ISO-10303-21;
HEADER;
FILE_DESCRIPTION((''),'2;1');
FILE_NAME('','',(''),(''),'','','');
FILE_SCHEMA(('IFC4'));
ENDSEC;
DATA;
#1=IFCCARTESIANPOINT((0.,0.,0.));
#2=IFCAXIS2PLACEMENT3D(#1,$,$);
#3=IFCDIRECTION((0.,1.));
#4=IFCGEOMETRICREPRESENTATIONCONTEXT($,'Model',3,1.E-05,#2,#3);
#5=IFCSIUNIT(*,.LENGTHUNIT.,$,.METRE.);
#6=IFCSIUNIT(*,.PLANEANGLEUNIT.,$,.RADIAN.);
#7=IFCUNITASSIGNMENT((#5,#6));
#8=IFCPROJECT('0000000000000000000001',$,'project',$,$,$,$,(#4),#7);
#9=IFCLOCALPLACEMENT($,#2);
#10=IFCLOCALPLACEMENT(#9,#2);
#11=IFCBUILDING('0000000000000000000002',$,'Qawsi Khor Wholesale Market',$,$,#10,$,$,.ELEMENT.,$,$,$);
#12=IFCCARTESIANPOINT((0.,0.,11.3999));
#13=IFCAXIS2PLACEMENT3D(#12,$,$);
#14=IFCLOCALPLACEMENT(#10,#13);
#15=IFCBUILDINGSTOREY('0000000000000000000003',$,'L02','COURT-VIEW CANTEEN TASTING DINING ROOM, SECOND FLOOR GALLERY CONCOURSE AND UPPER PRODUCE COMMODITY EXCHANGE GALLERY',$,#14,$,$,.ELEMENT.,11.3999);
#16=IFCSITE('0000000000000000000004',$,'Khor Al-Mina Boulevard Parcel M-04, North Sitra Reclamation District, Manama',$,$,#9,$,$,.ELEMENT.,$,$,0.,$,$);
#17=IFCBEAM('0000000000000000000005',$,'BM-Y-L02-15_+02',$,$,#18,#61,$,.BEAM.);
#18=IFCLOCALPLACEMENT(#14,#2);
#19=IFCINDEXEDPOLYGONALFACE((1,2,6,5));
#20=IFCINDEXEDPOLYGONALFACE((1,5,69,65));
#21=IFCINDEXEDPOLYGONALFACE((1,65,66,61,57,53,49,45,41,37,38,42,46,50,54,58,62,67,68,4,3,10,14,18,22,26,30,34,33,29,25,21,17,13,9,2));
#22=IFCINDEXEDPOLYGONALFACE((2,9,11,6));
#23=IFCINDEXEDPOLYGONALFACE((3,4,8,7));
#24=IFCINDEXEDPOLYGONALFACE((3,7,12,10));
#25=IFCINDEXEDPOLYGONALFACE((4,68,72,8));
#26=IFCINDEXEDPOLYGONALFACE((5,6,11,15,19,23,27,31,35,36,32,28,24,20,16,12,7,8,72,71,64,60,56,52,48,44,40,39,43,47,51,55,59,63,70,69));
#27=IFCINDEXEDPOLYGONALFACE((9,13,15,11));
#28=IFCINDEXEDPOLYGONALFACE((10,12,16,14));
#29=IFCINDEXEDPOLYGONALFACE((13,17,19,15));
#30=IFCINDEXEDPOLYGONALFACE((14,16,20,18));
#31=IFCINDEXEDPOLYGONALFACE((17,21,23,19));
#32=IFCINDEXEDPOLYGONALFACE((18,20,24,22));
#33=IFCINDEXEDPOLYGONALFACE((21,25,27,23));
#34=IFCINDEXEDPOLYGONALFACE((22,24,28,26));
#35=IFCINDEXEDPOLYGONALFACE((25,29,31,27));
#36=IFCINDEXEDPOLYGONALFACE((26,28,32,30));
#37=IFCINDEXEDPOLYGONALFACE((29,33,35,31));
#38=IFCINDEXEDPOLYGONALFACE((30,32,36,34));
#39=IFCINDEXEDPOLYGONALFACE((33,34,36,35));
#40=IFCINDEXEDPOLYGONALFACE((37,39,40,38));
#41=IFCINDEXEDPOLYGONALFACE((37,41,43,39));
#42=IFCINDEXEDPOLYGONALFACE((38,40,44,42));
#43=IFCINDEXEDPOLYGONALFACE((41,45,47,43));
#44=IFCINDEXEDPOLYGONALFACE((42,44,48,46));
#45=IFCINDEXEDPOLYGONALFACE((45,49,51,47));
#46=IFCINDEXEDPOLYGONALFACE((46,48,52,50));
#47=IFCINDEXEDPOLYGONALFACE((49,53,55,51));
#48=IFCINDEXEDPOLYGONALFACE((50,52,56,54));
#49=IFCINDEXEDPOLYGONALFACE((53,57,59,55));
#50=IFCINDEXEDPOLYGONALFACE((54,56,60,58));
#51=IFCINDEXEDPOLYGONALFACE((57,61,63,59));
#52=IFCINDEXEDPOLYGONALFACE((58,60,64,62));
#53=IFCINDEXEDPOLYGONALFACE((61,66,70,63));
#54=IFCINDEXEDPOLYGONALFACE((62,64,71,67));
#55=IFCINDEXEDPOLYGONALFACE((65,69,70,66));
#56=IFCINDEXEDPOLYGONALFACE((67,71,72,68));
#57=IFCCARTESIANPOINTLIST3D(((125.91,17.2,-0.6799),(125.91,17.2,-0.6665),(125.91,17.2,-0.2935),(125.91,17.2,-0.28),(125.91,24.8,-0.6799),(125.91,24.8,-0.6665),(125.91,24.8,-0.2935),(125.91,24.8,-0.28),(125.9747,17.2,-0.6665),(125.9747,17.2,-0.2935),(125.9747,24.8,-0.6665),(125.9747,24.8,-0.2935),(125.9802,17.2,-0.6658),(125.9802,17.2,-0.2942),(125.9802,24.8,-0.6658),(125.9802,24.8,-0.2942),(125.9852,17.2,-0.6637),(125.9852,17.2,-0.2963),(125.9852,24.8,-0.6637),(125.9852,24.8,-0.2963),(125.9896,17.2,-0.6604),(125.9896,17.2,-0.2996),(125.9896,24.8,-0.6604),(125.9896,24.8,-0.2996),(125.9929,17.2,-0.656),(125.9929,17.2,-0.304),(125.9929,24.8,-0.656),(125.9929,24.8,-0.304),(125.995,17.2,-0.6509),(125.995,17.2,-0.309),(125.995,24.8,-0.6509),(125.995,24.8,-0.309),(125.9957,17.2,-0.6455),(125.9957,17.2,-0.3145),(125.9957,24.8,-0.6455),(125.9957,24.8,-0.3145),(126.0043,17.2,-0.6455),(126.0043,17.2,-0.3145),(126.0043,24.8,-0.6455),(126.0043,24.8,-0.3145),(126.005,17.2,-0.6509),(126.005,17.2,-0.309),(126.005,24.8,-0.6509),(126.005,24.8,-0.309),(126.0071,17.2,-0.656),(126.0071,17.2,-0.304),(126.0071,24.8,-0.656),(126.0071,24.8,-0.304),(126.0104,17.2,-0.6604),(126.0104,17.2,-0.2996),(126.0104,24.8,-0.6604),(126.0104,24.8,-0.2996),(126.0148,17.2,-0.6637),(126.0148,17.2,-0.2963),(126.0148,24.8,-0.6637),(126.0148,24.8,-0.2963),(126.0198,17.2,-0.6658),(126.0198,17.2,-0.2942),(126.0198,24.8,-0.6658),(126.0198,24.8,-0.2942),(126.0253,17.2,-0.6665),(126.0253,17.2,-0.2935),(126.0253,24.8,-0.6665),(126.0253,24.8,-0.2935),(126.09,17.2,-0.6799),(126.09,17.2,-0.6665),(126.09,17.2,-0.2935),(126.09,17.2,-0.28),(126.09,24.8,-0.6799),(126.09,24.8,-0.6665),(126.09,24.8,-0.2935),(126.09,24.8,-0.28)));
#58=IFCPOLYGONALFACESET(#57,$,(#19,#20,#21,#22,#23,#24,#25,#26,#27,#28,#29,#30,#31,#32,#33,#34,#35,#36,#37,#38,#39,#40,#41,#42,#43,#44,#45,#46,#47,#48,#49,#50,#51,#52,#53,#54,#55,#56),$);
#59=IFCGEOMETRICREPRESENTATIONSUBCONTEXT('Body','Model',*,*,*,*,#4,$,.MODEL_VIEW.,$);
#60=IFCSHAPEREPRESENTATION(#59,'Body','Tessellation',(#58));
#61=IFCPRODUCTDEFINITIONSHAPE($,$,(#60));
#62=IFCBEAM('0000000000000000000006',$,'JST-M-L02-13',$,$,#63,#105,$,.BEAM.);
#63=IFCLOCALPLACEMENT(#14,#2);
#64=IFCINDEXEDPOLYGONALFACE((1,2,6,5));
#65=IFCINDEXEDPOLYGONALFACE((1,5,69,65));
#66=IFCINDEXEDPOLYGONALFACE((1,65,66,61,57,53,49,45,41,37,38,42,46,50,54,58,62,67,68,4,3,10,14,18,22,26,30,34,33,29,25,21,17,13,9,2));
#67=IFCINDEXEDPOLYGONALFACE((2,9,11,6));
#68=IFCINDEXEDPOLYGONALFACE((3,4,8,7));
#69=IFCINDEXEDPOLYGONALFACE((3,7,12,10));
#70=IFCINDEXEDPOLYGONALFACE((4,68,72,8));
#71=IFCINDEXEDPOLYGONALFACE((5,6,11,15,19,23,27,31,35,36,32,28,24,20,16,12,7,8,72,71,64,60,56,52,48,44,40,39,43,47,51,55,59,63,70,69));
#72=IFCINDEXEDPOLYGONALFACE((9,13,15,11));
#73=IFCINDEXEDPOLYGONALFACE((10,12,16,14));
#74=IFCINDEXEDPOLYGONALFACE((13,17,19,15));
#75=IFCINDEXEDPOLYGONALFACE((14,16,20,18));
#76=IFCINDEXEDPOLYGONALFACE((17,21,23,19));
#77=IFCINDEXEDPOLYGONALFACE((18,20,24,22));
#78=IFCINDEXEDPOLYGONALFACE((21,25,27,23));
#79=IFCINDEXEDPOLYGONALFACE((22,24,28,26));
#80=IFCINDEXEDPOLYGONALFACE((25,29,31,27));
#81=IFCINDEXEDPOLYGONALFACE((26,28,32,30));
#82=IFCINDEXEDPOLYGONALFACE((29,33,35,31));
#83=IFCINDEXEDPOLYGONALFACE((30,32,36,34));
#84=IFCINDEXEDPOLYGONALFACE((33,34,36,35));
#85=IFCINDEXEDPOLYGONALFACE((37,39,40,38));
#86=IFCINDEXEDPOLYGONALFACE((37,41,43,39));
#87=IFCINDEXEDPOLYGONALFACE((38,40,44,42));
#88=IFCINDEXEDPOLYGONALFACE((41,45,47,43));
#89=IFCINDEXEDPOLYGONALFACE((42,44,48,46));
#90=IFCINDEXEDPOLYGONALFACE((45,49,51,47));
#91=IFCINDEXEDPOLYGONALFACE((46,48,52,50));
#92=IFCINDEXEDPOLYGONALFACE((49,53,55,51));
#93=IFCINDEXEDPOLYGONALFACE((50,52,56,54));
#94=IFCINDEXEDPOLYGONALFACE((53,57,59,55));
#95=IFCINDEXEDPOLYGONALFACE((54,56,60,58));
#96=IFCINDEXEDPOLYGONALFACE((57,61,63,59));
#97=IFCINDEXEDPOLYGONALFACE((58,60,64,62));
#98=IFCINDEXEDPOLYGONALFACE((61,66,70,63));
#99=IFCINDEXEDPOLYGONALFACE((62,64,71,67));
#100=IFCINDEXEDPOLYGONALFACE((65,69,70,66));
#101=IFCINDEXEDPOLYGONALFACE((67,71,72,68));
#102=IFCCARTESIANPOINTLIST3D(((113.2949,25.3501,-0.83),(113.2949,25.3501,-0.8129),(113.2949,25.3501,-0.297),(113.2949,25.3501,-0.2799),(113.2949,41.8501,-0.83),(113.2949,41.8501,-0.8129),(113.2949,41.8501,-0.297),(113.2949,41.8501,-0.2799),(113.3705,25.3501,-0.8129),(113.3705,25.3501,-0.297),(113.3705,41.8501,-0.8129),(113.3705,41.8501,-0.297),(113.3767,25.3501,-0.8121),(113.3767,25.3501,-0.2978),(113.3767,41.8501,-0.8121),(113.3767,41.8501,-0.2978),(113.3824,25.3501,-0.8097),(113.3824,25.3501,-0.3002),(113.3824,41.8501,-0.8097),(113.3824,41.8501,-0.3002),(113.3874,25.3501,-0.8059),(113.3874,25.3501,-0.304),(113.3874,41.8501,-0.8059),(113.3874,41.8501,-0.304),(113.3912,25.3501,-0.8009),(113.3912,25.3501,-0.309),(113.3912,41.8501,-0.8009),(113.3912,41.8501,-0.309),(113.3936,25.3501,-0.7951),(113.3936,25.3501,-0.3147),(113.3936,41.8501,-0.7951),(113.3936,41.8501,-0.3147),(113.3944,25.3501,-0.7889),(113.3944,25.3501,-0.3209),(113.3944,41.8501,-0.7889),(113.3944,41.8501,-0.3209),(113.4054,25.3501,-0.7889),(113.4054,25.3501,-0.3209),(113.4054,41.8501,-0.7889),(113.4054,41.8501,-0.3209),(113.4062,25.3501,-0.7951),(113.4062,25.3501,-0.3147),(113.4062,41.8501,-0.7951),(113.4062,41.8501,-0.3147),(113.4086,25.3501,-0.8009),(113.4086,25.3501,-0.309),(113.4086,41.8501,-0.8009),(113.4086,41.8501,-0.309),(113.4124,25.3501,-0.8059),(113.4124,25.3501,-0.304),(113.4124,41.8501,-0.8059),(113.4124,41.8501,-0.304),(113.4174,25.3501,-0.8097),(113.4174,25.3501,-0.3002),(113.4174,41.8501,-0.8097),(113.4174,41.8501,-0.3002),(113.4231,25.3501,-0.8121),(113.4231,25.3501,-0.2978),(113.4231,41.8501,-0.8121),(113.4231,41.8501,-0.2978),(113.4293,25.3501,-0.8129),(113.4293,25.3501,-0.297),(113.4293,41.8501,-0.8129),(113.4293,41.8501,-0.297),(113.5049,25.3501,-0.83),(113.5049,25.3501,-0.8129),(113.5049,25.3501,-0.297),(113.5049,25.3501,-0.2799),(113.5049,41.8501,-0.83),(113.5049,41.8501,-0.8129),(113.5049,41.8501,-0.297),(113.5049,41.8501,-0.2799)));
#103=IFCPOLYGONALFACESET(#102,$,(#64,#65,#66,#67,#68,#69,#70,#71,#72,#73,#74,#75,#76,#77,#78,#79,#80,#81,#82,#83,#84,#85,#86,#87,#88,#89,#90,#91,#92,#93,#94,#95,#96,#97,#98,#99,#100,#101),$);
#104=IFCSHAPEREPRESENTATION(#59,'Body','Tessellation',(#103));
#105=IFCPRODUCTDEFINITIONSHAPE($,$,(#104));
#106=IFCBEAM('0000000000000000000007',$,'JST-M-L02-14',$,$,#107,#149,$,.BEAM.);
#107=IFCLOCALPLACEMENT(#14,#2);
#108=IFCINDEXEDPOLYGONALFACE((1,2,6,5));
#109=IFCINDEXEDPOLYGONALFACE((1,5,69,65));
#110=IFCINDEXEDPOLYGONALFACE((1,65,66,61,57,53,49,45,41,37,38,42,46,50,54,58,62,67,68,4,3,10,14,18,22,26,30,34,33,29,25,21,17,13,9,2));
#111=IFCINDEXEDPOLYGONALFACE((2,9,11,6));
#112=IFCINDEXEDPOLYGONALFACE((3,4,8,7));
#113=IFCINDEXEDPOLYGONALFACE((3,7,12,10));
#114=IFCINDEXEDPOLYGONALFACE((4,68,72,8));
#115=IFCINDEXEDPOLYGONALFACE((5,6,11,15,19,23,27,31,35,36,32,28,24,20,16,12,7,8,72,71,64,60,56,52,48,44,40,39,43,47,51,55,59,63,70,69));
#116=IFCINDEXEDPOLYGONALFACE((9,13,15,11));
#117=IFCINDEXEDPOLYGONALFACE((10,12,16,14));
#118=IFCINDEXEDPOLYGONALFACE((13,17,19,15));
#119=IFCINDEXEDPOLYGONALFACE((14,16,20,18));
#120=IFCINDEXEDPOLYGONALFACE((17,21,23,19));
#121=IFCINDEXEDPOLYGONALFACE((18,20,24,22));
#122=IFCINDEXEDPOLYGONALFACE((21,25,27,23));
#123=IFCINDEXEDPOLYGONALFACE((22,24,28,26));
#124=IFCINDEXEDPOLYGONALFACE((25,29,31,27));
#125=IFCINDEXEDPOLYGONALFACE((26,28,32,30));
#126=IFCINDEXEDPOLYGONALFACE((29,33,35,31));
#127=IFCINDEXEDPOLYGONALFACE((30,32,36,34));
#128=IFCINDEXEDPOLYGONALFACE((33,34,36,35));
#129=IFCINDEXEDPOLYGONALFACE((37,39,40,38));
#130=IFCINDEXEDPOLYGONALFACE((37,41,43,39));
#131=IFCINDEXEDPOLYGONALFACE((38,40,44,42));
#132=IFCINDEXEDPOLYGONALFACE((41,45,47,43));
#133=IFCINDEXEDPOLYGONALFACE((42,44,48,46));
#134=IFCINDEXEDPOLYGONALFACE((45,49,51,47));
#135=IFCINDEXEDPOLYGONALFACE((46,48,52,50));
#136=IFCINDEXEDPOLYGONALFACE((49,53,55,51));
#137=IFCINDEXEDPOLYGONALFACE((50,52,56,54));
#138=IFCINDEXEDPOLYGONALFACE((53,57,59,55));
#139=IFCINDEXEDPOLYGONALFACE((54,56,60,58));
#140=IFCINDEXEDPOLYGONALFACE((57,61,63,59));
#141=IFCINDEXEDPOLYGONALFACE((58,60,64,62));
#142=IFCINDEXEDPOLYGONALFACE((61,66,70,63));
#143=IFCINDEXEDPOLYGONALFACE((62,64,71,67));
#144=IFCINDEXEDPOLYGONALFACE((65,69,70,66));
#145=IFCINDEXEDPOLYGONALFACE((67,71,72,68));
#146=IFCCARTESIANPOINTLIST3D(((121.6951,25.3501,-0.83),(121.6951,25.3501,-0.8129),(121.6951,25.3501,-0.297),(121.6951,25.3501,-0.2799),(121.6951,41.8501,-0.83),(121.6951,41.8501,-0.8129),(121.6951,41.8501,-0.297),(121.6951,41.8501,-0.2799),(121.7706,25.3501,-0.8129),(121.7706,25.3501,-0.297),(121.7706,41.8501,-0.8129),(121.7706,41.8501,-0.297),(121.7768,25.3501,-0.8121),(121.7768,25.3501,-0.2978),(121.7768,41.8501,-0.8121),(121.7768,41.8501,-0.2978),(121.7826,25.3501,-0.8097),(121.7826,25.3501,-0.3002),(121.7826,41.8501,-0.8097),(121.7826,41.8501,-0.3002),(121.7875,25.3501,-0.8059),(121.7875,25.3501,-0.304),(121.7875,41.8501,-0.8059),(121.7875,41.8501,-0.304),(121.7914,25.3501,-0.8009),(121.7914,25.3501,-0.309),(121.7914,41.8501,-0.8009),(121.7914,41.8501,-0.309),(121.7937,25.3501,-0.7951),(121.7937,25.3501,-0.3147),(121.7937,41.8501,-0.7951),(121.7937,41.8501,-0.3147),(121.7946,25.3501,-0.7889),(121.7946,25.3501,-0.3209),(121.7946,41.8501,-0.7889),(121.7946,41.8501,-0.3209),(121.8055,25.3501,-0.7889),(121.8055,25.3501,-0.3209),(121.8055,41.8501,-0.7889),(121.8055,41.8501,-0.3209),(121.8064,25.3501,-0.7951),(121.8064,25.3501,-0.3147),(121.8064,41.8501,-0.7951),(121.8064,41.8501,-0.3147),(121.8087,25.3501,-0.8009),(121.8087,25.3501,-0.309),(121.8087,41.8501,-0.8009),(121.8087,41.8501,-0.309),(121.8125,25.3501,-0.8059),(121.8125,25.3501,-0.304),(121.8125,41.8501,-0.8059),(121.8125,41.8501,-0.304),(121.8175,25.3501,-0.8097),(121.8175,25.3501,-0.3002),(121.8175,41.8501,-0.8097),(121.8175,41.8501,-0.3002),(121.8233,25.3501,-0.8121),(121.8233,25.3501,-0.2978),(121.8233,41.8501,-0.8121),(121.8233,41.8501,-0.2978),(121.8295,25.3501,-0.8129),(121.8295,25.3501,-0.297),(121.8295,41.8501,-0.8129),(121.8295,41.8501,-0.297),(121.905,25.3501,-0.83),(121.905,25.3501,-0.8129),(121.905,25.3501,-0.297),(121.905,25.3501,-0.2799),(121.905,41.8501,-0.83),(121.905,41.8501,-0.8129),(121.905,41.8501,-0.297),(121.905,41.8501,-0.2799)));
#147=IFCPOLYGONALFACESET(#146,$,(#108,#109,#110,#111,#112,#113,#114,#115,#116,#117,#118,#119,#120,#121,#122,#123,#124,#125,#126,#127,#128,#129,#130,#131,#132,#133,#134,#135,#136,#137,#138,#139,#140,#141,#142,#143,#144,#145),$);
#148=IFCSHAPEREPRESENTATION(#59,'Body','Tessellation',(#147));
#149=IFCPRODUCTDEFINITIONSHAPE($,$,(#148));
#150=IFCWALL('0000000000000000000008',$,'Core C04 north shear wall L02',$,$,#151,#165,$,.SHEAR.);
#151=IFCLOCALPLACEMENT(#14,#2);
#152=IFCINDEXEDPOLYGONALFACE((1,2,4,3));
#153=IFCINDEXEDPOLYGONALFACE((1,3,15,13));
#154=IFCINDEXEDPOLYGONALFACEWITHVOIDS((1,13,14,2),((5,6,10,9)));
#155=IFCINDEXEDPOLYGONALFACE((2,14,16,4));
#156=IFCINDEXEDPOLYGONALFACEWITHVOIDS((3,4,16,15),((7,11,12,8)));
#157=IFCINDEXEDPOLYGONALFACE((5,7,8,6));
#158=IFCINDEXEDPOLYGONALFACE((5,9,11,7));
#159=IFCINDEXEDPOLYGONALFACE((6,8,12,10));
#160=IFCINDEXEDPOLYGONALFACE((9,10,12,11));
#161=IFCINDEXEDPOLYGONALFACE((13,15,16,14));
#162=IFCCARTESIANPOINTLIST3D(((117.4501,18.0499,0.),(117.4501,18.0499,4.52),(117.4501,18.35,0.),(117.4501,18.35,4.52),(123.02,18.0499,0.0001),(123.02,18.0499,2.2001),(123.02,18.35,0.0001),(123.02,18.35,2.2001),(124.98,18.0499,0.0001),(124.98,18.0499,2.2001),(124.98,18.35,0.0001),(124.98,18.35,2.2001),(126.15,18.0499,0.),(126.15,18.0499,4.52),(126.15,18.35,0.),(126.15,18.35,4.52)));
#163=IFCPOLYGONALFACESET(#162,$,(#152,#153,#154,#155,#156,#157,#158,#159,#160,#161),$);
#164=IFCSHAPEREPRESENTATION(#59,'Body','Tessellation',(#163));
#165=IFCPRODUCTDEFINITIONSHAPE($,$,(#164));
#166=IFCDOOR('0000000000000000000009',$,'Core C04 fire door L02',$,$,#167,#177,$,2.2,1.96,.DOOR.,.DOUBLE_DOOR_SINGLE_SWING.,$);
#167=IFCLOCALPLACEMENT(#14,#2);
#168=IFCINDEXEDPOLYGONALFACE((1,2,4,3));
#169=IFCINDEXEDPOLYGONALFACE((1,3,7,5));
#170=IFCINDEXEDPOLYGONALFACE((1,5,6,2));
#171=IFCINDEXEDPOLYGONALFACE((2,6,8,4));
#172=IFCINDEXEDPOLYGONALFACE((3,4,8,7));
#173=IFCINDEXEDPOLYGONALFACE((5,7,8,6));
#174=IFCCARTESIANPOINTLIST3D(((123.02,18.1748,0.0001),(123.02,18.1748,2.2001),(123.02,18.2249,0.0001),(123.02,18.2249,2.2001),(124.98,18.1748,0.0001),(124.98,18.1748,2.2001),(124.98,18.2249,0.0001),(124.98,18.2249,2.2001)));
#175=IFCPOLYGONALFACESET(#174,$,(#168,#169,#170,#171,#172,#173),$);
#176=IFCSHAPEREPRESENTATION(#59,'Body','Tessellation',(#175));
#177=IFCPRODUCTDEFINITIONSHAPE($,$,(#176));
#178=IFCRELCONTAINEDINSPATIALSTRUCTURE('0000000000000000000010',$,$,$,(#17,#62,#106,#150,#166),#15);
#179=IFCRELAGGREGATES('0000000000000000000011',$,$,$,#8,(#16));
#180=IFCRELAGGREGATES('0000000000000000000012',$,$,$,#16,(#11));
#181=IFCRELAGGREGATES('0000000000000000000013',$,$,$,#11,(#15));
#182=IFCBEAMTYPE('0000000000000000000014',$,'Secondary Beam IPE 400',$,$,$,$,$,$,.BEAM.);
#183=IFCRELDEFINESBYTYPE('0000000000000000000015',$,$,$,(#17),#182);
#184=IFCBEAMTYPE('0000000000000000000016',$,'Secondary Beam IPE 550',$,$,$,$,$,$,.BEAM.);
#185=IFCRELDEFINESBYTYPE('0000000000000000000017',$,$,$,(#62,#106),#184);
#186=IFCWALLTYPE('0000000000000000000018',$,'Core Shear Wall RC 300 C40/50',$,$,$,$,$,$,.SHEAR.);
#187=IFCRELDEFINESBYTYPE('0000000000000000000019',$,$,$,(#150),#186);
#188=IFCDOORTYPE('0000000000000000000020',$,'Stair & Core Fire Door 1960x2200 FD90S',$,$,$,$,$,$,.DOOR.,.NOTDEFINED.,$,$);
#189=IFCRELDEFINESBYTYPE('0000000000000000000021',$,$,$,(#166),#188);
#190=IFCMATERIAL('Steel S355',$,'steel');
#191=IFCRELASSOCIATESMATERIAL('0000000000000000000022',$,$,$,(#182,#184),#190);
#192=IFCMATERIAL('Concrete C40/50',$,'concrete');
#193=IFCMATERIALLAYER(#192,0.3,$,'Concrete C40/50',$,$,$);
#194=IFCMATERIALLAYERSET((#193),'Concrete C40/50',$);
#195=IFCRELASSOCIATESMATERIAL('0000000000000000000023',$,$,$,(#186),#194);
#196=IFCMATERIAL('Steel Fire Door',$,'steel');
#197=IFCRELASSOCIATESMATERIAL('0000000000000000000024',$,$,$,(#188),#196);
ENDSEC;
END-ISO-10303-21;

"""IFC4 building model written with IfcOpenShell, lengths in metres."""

from ifc_helpers import new_model, si_unit, direction, frame, frame_2d, origin, origin_2d, place, context, subcontext, project, spatial, rectangle, i_section, extrude, material, layer, layer_set, material_profile, profile_set, type_object, element, fill, save


model = new_model("IFC4")

# Units and contexts
model_context = context("Model", 3, precision=1e-05, world=origin(), true_north=direction((0.0, 1.0)))
body_context = subcontext(model_context, "Body", "Model", "MODEL_VIEW")
ifc_project = project(units=[si_unit("LENGTHUNIT", "METRE"), si_unit("PLANEANGLEUNIT", "RADIAN")], contexts=[model_context])

# Site, building, storey
site_placement = place(None, origin())
site = spatial("IfcSite", under=ifc_project, at=site_placement, Name="Khor Al-Mina Boulevard Parcel M-04, North Sitra Reclamation District, Manama", CompositionType="ELEMENT", RefElevation=0.0)
building_placement = place(site_placement, origin())
building = spatial("IfcBuilding", under=site, at=building_placement, Name="Qawsi Khor Wholesale Market", CompositionType="ELEMENT")
storey_placement = place(building_placement, frame((0.0, 0.0, 11.3999)))
storey = spatial("IfcBuildingStorey", under=building, at=storey_placement, Name="L02", Description="COURT-VIEW CANTEEN TASTING DINING ROOM, SECOND FLOOR GALLERY CONCOURSE AND UPPER PRODUCE COMMODITY EXCHANGE GALLERY", CompositionType="ELEMENT", Elevation=11.3999)

# Shared definitions
ifc_material_1 = material(Name="Concrete C40/50", Category="concrete")

# Beams
ifc_material_2 = material(Name="Steel S355", Category="steel")
ifc_material_profile_1 = material_profile(ifc_material_2, i_section(OverallWidth=0.1799, OverallDepth=0.3999, WebThickness=0.0085, FlangeThickness=0.0134, FilletRadius=0.021, at=origin_2d()), Name="IPE 400")
ifc_profile_set_1 = profile_set([ifc_material_profile_1], Name="Steel S355")
beam_type_1 = type_object("IfcBeamType", Name="Secondary Beam IPE 400", PredefinedType="BEAM", material=ifc_profile_set_1)
for number, where, z_axis, x_axis, name in (
    (1, (126.0, 17.2, -0.48), (0.0, 1.0, 0.0), (-1.0, 0.0, 0.0), "BM-Y-L02-15_+02"),
):
    element("IfcBeam", number, at=place(storey_placement, frame(where, z_axis=z_axis, x_axis=x_axis)), inside=storey, type_object=beam_type_1, Name=name, PredefinedType="BEAM", context=body_context, shape_type="SweptSolid", body=[
        extrude(i_section(OverallWidth=0.1799, OverallDepth=0.3999, WebThickness=0.0085, FlangeThickness=0.0134, FilletRadius=0.021, at=origin_2d()), origin(), (0.0, 0.0, 1.0), 7.6001),
    ])
ifc_material_profile_2 = material_profile(ifc_material_2, i_section(OverallWidth=0.21, OverallDepth=0.55, WebThickness=0.011, FlangeThickness=0.0171, FilletRadius=0.0239, at=origin_2d()), Name="IPE 550")
ifc_profile_set_2 = profile_set([ifc_material_profile_2], Name="Steel S355")
beam_type_2 = type_object("IfcBeamType", Name="Secondary Beam IPE 550", PredefinedType="BEAM", material=ifc_profile_set_2)
for number, where, z_axis, x_axis, name in (
    (2, (113.3999, 25.3501, -0.5549), (0.0, 1.0, 0.0), (-1.0, 0.0, 0.0), "JST-M-L02-13"),
    (3, (121.8, 25.3501, -0.5549), (0.0, 1.0, 0.0), (-1.0, 0.0, 0.0), "JST-M-L02-14"),
):
    element("IfcBeam", number, at=place(storey_placement, frame(where, z_axis=z_axis, x_axis=x_axis)), inside=storey, type_object=beam_type_2, Name=name, PredefinedType="BEAM", context=body_context, shape_type="SweptSolid", body=[
        extrude(i_section(OverallWidth=0.21, OverallDepth=0.55, WebThickness=0.011, FlangeThickness=0.0171, FilletRadius=0.0239, at=origin_2d()), origin(), (0.0, 0.0, 1.0), 16.5),
    ])

# Wall, opening, door
ifc_layer_1 = layer(ifc_material_1, 0.3, Name="Concrete C40/50")
ifc_layer_set_1 = layer_set([ifc_layer_1], Name="Concrete C40/50")
wall_type_1 = type_object("IfcWallType", Name="Core Shear Wall RC 300 C40/50", PredefinedType="SHEAR", material=ifc_layer_set_1)
wall_1_placement = place(storey_placement, frame((117.45, 18.2, 0.0), z_axis=(0.0, 0.0, 1.0), x_axis=(1.0, 0.0, 0.0)))
wall_1 = element("IfcWall", 4, at=wall_1_placement, inside=storey, type_object=wall_type_1, Name="Core C04 north shear wall L02", PredefinedType="SHEAR", context=body_context, shape_type="SweptSolid", body=[
    extrude(rectangle(XDim=8.7, YDim=0.3, at=frame_2d((4.3501, 0.0))), origin(), (0.0, 0.0, 1.0), 4.52),
])
opening_1_placement = place(wall_1_placement, frame((5.5701, 0.0, 0.0)))
opening_1 = element("IfcOpeningElement", 5, at=opening_1_placement, cuts=wall_1, PredefinedType="OPENING", context=body_context, shape_type="SweptSolid", body=[
    extrude(rectangle(XDim=1.96, YDim=2.2, at=frame_2d((0.98, 1.1001))), frame((0.0, 0.1599, 0.0), z_axis=(0.0, -1.0, 0.0), x_axis=(1.0, 0.0, 0.0)), (0.0, 0.0, 1.0), 0.3201),
])
ifc_material_3 = material(Name="Steel Fire Door", Category="steel")
door_type_1 = type_object("IfcDoorType", Name="Stair & Core Fire Door 1960x2200 FD90S", OperationType="NOTDEFINED", PredefinedType="DOOR", material=ifc_material_3)
door_1_placement = place(opening_1_placement, origin())
door_1 = element("IfcDoor", 6, at=door_1_placement, inside=storey, type_object=door_type_1, Name="Core C04 fire door L02", OperationType="DOUBLE_DOOR_SINGLE_SWING", OverallHeight=2.2, OverallWidth=1.96, PredefinedType="DOOR", context=body_context, shape_type="SweptSolid", body=[
    extrude(rectangle(XDim=1.96, YDim=2.2, at=frame_2d((0.98, 1.1001))), frame((0.0, 0.0249, 0.0), z_axis=(0.0, -1.0, 0.0), x_axis=(1.0, 0.0, 0.0)), (0.0, 0.0, 1.0), 0.05),
])
fill(opening_1, door_1)

save(model, "model.ifc")
